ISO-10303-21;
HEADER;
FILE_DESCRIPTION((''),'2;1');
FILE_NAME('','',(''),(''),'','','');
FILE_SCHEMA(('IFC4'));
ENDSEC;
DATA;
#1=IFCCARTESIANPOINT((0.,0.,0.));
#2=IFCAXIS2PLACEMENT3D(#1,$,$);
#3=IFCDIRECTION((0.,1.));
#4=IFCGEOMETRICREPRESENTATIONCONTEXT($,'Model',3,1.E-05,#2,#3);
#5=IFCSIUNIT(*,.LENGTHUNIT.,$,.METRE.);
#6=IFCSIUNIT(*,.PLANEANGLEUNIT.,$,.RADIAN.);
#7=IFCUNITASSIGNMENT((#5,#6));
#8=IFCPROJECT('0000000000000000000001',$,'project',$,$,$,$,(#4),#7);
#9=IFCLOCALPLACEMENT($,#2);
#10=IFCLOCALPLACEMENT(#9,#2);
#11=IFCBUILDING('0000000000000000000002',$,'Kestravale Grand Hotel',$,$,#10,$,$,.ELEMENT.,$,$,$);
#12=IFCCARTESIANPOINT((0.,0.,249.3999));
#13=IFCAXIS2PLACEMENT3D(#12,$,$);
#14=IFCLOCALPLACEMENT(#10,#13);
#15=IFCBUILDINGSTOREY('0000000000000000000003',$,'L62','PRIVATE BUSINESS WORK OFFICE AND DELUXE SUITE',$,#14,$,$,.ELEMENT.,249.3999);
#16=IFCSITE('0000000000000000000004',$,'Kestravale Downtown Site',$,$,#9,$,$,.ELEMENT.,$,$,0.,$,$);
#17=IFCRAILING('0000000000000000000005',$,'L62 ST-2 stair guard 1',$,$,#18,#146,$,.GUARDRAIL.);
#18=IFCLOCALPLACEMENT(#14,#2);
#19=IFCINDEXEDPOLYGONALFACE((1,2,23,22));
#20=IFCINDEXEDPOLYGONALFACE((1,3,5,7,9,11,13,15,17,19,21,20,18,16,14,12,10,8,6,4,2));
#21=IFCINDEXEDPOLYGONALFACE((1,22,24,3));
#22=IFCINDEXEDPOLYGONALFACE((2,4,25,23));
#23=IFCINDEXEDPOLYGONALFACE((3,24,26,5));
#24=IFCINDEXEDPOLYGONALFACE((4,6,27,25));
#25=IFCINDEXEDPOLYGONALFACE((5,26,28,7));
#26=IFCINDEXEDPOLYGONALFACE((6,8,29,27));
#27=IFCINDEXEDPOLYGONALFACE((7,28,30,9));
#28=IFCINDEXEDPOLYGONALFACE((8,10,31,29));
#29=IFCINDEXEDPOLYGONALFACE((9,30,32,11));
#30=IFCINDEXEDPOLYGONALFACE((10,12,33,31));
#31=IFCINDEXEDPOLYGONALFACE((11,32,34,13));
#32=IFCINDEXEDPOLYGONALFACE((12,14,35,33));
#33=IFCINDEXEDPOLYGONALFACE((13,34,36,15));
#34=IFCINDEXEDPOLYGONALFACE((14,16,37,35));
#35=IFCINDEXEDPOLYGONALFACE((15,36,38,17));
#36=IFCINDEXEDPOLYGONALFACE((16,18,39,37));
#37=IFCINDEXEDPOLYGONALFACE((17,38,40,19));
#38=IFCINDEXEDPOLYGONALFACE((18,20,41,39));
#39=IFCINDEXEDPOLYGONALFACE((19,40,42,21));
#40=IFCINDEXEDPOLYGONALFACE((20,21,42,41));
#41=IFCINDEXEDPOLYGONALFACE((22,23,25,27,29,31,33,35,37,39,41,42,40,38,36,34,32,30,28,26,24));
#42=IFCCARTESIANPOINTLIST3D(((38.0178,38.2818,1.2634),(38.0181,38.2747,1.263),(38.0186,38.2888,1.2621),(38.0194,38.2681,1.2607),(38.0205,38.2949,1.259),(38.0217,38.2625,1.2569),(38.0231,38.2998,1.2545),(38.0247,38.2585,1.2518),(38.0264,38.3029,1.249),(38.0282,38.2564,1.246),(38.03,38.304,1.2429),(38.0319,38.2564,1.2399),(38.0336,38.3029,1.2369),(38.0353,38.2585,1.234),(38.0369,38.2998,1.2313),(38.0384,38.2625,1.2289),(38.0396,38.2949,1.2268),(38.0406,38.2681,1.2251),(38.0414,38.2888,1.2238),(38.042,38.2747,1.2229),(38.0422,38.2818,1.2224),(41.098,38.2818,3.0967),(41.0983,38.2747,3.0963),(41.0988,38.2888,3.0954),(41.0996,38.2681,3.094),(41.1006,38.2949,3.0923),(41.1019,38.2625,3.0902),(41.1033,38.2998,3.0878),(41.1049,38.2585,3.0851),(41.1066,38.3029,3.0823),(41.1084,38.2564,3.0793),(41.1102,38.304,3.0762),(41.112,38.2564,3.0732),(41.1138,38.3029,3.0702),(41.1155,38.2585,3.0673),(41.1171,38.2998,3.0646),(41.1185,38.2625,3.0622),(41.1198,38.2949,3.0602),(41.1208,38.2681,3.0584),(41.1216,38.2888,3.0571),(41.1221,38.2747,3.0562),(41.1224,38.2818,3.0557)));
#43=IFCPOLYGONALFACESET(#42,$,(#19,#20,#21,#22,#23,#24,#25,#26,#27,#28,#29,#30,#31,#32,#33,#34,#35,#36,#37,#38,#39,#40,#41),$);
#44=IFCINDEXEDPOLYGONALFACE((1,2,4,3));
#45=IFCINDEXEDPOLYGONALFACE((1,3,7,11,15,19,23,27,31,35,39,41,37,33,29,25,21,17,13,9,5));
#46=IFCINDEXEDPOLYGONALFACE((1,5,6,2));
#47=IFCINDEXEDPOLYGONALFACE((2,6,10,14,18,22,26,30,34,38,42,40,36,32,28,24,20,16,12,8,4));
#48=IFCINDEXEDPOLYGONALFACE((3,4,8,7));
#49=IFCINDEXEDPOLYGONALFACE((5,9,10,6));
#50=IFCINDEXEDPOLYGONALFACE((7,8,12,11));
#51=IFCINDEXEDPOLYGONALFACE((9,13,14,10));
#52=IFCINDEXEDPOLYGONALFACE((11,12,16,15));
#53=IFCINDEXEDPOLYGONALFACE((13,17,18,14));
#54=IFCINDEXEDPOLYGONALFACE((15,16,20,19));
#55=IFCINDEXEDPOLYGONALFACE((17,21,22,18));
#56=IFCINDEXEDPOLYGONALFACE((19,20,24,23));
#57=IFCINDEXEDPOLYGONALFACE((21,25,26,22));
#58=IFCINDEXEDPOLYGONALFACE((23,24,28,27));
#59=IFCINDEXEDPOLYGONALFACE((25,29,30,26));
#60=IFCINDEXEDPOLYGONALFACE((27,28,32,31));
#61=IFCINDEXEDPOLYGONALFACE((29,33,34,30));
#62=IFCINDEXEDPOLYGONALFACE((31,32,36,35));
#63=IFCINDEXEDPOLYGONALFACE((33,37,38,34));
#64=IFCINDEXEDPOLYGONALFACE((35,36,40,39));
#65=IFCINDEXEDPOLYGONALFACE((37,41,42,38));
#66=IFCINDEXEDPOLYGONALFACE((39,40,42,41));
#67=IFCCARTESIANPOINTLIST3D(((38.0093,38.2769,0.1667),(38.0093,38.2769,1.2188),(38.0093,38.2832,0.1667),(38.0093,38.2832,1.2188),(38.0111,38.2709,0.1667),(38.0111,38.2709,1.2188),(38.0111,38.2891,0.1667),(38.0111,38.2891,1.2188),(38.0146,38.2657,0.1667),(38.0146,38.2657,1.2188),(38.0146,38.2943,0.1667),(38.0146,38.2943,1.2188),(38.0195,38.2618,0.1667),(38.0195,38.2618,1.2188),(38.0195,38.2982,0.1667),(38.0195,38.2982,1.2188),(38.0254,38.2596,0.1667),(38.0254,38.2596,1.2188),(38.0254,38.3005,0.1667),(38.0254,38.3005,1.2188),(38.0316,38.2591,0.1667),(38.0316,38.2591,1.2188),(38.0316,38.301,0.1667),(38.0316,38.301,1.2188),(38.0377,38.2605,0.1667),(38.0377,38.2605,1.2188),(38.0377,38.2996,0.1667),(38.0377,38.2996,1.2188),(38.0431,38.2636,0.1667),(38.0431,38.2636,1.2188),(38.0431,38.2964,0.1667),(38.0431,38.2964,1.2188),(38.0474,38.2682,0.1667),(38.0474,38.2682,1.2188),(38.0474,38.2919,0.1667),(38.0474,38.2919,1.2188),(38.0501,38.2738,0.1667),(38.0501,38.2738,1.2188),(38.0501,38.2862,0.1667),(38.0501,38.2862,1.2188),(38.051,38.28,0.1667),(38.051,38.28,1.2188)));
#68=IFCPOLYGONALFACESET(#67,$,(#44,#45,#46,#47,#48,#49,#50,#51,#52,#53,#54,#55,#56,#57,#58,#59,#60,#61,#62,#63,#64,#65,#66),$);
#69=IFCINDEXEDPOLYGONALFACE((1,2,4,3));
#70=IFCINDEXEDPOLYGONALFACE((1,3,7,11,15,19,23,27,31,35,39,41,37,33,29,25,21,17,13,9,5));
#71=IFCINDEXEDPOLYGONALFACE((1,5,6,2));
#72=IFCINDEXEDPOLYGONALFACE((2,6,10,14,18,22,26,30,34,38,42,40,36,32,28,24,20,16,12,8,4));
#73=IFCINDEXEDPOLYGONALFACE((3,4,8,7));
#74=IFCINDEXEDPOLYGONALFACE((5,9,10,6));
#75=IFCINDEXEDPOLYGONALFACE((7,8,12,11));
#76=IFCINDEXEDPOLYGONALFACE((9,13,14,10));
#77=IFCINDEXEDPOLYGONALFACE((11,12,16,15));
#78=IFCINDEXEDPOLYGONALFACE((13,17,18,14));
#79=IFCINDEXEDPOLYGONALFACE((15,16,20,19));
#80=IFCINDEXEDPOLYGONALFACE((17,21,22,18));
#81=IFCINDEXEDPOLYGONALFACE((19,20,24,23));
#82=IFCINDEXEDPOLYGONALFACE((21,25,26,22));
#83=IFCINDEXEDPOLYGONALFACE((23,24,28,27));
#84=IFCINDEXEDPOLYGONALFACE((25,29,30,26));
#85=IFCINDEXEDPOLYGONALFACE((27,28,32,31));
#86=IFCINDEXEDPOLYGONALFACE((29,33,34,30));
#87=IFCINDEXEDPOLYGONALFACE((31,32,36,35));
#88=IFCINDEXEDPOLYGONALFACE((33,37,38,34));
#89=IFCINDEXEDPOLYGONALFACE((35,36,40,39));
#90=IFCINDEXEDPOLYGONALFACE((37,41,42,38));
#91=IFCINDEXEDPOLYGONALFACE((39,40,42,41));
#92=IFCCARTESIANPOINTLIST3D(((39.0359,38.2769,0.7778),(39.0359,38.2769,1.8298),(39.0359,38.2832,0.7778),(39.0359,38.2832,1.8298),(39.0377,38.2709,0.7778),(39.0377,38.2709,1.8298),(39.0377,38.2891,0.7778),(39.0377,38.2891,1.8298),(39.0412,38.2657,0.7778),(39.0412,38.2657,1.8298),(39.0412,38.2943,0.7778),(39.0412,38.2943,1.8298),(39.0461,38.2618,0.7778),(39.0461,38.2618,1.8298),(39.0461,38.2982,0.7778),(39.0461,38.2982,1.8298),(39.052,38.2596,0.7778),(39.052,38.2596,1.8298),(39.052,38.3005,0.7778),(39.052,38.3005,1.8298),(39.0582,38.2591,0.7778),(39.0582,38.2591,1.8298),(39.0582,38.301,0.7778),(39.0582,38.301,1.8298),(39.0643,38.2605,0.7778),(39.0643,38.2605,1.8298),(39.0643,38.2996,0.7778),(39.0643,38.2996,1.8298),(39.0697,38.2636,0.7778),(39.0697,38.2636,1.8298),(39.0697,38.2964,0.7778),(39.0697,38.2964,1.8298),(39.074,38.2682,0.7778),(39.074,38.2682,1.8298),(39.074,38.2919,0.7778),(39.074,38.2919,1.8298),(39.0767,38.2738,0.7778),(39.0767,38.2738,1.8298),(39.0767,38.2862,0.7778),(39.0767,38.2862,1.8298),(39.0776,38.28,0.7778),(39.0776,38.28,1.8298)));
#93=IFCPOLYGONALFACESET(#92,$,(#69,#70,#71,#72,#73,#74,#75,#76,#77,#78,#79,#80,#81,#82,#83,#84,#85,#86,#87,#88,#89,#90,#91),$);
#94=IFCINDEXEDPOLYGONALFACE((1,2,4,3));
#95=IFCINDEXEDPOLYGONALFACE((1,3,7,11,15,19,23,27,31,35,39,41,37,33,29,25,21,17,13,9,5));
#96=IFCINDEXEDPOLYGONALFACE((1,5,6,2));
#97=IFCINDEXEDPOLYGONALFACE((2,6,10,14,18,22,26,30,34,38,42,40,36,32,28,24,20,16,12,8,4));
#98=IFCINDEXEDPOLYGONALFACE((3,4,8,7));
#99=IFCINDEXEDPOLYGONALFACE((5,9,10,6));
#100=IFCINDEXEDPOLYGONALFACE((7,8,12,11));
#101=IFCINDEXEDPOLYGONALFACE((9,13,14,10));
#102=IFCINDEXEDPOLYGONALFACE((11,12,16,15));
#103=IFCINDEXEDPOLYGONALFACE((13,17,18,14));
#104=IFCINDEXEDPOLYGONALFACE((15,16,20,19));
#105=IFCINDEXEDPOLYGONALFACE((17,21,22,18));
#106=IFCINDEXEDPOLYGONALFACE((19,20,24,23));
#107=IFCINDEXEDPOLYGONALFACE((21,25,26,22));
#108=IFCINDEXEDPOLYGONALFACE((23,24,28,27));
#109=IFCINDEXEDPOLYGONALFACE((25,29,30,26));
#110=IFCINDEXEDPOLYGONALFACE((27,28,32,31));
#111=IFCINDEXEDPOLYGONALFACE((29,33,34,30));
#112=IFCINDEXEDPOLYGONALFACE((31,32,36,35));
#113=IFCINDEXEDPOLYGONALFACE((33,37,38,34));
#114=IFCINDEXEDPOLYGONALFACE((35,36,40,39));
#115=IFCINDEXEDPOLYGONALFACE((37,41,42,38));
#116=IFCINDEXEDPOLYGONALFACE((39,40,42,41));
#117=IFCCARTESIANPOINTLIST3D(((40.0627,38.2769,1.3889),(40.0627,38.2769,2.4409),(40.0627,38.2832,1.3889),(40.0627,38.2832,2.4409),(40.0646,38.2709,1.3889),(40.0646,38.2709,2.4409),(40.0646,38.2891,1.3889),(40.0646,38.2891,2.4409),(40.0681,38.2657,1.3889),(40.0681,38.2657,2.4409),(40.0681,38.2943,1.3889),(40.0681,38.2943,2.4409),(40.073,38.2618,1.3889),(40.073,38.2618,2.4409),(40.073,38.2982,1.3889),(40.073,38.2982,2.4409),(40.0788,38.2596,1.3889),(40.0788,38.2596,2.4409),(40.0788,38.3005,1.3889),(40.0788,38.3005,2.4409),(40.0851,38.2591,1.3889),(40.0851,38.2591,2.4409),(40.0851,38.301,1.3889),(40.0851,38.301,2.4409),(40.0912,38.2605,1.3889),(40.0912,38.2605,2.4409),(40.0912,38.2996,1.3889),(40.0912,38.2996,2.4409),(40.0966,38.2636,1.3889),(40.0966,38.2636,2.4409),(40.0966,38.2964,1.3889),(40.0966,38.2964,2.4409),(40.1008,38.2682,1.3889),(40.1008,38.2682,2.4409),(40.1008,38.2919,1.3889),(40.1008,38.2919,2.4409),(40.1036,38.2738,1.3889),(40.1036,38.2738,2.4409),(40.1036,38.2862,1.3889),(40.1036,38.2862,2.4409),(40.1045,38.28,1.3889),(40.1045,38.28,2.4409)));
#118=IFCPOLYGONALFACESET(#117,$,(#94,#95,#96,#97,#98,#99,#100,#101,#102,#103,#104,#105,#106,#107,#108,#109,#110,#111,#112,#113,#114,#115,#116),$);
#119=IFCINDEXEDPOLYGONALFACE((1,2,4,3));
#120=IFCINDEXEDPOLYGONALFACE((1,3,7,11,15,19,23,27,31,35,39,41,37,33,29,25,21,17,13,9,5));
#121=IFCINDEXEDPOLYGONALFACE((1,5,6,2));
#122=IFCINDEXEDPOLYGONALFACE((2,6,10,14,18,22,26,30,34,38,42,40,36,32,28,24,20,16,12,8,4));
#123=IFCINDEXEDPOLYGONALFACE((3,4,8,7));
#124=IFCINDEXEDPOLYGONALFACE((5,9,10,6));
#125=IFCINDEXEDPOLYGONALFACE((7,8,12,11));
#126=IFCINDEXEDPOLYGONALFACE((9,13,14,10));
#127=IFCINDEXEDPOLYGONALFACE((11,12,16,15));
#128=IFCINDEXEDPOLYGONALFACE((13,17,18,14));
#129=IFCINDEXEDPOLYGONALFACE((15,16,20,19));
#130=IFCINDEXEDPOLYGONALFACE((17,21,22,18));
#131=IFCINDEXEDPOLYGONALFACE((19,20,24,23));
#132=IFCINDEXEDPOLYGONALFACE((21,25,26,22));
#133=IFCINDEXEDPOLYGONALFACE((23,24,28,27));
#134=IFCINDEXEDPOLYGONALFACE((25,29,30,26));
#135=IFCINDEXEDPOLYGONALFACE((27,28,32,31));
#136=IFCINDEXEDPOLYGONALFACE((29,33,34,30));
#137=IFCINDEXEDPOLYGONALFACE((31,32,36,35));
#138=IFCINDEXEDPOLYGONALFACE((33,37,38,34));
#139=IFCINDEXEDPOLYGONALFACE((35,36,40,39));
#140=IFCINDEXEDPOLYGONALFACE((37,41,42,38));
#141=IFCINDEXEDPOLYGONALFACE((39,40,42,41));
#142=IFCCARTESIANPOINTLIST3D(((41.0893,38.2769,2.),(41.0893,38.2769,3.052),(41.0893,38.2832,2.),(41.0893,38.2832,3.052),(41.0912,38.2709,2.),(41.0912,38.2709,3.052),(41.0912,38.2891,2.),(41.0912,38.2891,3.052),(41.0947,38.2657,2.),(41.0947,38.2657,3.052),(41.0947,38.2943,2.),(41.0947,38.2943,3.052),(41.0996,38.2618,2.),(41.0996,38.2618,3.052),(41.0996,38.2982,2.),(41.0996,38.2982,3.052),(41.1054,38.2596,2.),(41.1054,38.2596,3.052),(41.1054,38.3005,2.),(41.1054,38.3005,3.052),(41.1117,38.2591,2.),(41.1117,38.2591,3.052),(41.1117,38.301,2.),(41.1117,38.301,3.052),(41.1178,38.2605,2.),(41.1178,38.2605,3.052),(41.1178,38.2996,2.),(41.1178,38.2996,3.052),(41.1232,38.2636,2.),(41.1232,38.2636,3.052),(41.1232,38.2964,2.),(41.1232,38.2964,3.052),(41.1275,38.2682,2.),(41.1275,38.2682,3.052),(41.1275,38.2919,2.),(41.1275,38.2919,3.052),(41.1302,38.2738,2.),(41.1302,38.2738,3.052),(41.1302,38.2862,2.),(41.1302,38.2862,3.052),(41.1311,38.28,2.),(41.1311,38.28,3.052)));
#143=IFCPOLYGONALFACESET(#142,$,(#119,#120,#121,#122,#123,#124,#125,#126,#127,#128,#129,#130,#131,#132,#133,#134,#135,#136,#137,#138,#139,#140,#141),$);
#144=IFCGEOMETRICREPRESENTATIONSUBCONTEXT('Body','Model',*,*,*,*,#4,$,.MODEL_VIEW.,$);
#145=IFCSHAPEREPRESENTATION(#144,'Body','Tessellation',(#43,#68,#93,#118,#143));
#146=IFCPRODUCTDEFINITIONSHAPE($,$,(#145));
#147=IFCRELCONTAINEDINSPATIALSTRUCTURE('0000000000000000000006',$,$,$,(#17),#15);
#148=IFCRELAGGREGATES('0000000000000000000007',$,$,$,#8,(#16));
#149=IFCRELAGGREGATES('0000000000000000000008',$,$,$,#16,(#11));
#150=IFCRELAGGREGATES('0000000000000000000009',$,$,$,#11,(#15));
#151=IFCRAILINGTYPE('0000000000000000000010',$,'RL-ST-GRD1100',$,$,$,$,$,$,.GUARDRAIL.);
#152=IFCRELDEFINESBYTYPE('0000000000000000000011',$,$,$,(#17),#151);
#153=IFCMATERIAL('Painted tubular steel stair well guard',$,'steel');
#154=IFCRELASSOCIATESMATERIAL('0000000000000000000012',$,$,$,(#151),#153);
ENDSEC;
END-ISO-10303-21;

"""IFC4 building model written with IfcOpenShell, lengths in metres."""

from ifc_helpers import new_model, si_unit, direction, frame, origin, origin_2d, place, context, subcontext, project, spatial, circle, extrude, material, type_object, element, save


model = new_model("IFC4")

# Units and contexts
model_context = context("Model", 3, precision=1e-05, world=origin(), true_north=direction((0.0, 1.0)))
body_context = subcontext(model_context, "Body", "Model", "MODEL_VIEW")
ifc_project = project(units=[si_unit("LENGTHUNIT", "METRE"), si_unit("PLANEANGLEUNIT", "RADIAN")], contexts=[model_context])

# Site, building, storey
site_placement = place(None, origin())
site = spatial("IfcSite", under=ifc_project, at=site_placement, Name="Kestravale Downtown Site", CompositionType="ELEMENT", RefElevation=0.0)
building_placement = place(site_placement, origin())
building = spatial("IfcBuilding", under=site, at=building_placement, Name="Kestravale Grand Hotel", CompositionType="ELEMENT")
storey_placement = place(building_placement, frame((0.0, 0.0, 249.3999)))
storey = spatial("IfcBuildingStorey", under=building, at=storey_placement, Name="L62", Description="PRIVATE BUSINESS WORK OFFICE AND DELUXE SUITE", CompositionType="ELEMENT", Elevation=249.3999)

# Railing
ifc_material_1 = material(Name="Painted tubular steel stair well guard", Category="steel")
railing_type_1 = type_object("IfcRailingType", Name="RL-ST-GRD1100", PredefinedType="GUARDRAIL", material=ifc_material_1)
railing_1_placement = place(storey_placement, frame((38.03, 38.28, 0.1667)))
element("IfcRailing", 1, at=railing_1_placement, inside=storey, type_object=railing_type_1, Name="L62 ST-2 stair guard 1", PredefinedType="GUARDRAIL", context=body_context, shape_type="SweptSolid", body=[
    extrude(circle(Radius=0.0239, at=origin_2d()), frame((0.0, 0.0, 1.0762), z_axis=(0.859309, 0.0, 0.511458), x_axis=(0.0, 1.0, 0.0)), (0.0, 0.0, 1.0), 3.5845),
    extrude(circle(Radius=0.021, at=origin_2d()), origin(), (0.0, 0.0, 1.0), 1.052),
    extrude(circle(Radius=0.021, at=origin_2d()), frame((1.0266, 0.0, 0.6111)), (0.0, 0.0, 1.0), 1.052),
    extrude(circle(Radius=0.021, at=origin_2d()), frame((2.0535, 0.0, 1.2222)), (0.0, 0.0, 1.0), 1.052),
    extrude(circle(Radius=0.021, at=origin_2d()), frame((3.0801, 0.0, 1.8333)), (0.0, 0.0, 1.0), 1.052),
])

save(model, "model.ifc")
